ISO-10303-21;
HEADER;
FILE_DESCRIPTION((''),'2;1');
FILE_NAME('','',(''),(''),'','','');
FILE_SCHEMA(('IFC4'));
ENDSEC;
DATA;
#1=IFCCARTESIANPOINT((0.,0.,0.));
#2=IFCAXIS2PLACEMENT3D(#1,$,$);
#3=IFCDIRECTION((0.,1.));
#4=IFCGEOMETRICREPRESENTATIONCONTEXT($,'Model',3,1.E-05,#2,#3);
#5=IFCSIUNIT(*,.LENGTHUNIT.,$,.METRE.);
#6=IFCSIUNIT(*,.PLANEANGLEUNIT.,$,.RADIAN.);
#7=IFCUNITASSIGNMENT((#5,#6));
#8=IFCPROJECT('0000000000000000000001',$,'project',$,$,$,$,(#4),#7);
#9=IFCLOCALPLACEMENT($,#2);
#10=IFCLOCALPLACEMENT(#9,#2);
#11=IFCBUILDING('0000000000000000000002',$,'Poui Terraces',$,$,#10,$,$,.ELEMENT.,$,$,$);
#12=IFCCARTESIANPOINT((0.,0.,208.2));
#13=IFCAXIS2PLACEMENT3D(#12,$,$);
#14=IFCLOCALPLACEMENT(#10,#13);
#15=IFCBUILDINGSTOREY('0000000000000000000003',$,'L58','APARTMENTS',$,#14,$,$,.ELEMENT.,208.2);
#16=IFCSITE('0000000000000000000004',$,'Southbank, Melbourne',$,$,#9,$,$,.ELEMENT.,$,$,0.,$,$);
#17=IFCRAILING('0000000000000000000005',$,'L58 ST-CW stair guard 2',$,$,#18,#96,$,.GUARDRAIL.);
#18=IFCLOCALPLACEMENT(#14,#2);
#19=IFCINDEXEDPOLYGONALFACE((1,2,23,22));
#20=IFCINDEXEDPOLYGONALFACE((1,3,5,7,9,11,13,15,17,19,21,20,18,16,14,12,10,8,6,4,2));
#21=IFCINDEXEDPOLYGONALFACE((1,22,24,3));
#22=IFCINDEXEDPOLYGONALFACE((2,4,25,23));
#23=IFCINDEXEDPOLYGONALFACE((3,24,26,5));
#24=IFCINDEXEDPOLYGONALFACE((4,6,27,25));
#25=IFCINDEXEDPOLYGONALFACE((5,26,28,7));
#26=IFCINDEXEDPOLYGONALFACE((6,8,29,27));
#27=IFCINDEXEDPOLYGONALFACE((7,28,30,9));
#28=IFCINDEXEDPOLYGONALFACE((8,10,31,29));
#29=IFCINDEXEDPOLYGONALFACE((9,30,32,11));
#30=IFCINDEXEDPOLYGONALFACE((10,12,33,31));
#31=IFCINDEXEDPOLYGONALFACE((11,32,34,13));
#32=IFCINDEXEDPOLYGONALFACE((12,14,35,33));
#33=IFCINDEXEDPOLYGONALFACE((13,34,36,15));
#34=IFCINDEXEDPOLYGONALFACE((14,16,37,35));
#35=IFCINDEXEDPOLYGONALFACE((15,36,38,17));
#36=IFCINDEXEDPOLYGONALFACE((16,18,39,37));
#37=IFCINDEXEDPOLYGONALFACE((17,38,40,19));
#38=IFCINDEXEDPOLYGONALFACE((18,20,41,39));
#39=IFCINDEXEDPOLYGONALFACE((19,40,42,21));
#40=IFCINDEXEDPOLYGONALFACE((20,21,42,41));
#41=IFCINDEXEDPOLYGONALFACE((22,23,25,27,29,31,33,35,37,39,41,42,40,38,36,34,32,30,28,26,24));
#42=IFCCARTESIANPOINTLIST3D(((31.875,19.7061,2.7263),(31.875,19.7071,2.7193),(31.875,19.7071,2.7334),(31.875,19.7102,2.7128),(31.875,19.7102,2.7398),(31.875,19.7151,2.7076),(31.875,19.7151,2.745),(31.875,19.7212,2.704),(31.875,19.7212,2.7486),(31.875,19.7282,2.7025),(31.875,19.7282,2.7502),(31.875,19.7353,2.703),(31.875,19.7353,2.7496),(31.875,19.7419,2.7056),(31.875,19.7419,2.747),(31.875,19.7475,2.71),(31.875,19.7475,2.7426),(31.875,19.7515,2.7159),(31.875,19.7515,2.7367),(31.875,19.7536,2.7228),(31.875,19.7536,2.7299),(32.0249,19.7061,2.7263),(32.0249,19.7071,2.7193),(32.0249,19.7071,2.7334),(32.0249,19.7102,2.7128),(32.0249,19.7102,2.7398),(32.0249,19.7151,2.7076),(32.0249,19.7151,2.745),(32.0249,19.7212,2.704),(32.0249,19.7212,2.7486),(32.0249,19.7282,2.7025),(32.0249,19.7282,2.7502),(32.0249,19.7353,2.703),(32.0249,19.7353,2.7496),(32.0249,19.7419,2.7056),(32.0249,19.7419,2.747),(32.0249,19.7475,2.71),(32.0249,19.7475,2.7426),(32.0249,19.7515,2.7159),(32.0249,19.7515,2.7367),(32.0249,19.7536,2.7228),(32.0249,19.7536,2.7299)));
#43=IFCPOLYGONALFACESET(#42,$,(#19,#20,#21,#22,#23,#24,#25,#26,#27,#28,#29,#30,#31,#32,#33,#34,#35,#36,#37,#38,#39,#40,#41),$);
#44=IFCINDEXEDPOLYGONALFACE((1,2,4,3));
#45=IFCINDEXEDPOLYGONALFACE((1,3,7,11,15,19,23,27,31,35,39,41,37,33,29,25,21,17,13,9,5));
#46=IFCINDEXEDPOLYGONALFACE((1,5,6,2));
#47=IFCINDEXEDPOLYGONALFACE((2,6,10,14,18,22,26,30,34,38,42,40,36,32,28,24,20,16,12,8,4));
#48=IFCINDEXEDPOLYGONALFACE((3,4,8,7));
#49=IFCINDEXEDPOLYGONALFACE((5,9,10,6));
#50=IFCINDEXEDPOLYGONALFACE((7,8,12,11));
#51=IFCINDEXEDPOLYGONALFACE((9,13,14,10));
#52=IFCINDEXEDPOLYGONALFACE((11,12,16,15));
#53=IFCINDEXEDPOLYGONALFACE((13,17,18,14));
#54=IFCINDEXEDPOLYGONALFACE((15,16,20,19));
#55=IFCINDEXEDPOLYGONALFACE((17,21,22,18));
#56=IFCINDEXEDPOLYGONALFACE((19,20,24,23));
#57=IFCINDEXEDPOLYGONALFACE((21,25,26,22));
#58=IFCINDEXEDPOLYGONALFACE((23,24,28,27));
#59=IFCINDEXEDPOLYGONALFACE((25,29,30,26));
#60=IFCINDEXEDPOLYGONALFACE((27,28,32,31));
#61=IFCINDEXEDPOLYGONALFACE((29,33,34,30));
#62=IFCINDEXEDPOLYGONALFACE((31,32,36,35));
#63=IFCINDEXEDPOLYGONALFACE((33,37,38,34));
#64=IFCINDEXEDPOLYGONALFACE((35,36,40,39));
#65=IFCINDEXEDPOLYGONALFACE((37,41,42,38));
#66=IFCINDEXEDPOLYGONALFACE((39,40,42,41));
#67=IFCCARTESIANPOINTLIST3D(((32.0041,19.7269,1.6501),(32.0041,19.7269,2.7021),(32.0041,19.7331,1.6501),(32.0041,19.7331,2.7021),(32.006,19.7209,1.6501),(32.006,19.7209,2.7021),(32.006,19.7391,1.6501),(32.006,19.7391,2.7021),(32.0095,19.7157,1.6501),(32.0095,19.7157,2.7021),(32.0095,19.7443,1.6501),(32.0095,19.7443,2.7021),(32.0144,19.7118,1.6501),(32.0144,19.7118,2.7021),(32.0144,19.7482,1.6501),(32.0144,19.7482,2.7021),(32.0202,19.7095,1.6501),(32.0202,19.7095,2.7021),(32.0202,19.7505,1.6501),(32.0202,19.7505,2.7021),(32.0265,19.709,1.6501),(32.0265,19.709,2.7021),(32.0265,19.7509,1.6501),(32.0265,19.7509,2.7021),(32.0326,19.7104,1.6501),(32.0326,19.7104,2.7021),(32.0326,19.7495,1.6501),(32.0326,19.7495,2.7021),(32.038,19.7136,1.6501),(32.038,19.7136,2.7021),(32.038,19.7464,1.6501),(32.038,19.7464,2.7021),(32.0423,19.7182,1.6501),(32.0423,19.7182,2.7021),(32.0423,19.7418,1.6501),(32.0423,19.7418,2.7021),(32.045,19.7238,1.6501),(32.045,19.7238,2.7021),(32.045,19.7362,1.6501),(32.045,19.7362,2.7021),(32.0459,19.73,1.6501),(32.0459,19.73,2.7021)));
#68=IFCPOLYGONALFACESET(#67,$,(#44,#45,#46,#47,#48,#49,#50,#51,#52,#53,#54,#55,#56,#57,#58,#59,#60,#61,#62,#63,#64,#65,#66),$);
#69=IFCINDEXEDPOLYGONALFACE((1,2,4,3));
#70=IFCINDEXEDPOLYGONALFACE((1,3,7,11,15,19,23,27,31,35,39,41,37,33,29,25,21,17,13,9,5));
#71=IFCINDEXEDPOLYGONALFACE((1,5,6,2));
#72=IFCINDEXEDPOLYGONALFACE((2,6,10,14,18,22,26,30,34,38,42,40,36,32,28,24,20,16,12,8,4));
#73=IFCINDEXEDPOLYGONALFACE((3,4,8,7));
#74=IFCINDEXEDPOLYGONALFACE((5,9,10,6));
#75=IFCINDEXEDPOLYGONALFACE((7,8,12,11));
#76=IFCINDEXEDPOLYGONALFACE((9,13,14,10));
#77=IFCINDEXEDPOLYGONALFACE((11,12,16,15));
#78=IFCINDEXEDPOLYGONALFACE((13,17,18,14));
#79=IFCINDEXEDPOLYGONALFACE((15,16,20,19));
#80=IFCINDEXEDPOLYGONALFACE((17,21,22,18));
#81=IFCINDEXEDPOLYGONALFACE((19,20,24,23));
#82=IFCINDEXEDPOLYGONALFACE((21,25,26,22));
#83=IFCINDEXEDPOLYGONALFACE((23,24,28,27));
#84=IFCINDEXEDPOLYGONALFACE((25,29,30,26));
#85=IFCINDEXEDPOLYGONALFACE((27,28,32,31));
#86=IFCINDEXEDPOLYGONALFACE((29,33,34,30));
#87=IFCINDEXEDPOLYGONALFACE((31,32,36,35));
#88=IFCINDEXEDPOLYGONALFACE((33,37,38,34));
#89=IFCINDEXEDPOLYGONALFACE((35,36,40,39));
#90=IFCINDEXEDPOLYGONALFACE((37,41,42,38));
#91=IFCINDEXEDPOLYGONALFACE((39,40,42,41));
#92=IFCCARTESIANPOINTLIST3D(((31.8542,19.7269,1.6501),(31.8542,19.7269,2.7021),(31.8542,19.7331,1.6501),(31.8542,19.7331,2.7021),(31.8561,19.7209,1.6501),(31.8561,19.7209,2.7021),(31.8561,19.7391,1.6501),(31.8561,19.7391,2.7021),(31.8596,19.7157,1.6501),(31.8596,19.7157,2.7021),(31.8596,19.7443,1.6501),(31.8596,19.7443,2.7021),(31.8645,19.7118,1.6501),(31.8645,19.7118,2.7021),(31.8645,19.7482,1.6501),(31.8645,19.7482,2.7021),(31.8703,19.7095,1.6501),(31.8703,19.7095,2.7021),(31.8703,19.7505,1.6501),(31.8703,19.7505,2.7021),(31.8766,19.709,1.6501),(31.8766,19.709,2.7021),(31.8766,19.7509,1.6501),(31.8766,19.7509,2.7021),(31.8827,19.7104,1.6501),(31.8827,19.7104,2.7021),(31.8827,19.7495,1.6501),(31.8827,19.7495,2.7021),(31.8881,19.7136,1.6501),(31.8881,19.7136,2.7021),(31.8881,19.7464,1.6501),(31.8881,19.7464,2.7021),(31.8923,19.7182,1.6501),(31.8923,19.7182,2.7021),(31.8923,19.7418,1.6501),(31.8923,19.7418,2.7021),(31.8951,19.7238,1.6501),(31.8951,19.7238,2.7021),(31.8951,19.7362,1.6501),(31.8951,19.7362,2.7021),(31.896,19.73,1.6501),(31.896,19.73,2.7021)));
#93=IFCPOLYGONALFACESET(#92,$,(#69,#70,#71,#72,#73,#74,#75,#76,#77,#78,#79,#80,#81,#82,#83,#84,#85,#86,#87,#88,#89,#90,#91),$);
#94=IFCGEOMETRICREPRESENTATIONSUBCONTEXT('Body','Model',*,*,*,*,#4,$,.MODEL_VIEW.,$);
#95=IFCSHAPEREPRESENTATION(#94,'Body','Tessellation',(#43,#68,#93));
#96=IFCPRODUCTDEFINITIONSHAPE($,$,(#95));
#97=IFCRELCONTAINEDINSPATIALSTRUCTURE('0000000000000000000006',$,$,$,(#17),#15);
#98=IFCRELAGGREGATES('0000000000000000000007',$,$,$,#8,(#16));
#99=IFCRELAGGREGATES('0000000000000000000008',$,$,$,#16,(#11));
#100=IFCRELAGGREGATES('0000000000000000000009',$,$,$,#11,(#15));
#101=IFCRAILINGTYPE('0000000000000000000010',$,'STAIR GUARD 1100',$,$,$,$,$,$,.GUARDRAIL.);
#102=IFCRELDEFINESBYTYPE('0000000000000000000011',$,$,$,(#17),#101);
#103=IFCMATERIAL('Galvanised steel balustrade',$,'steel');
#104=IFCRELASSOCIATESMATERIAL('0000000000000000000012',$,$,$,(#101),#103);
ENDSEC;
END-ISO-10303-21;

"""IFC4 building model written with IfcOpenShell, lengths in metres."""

from ifc_helpers import new_model, si_unit, direction, frame, origin, origin_2d, place, context, subcontext, project, spatial, circle, extrude, material, type_object, element, save


model = new_model("IFC4")

# Units and contexts
model_context = context("Model", 3, precision=1e-05, world=origin(), true_north=direction((0.0, 1.0)))
body_context = subcontext(model_context, "Body", "Model", "MODEL_VIEW")
ifc_project = project(units=[si_unit("LENGTHUNIT", "METRE"), si_unit("PLANEANGLEUNIT", "RADIAN")], contexts=[model_context])

# Site, building, storey
site_placement = place(None, origin())
site = spatial("IfcSite", under=ifc_project, at=site_placement, Name="Southbank, Melbourne", CompositionType="ELEMENT", RefElevation=0.0)
building_placement = place(site_placement, origin())
building = spatial("IfcBuilding", under=site, at=building_placement, Name="Poui Terraces", CompositionType="ELEMENT")
storey_placement = place(building_placement, frame((0.0, 0.0, 208.2)))
storey = spatial("IfcBuildingStorey", under=building, at=storey_placement, Name="L58", Description="APARTMENTS", CompositionType="ELEMENT", Elevation=208.2)

# Railing
ifc_material_1 = material(Name="Galvanised steel balustrade", Category="steel")
railing_type_1 = type_object("IfcRailingType", Name="STAIR GUARD 1100", PredefinedType="GUARDRAIL", material=ifc_material_1)
railing_1_placement = place(storey_placement, frame((32.0249, 19.73, 1.6501)))
element("IfcRailing", 1, at=railing_1_placement, inside=storey, type_object=railing_type_1, Name="L58 ST-CW stair guard 2", PredefinedType="GUARDRAIL", context=body_context, shape_type="SweptSolid", body=[
    extrude(circle(Radius=0.0239, at=origin_2d()), frame((0.0, 0.0, 1.0762), z_axis=(-1.0, 0.0, 0.0), x_axis=(0.0, -1.0, 0.0)), (0.0, 0.0, 1.0), 0.1499),
    extrude(circle(Radius=0.021, at=origin_2d()), origin(), (0.0, 0.0, 1.0), 1.052),
    extrude(circle(Radius=0.021, at=origin_2d()), frame((-0.1499, 0.0, 0.0)), (0.0, 0.0, 1.0), 1.052),
])

save(model, "model.ifc")
